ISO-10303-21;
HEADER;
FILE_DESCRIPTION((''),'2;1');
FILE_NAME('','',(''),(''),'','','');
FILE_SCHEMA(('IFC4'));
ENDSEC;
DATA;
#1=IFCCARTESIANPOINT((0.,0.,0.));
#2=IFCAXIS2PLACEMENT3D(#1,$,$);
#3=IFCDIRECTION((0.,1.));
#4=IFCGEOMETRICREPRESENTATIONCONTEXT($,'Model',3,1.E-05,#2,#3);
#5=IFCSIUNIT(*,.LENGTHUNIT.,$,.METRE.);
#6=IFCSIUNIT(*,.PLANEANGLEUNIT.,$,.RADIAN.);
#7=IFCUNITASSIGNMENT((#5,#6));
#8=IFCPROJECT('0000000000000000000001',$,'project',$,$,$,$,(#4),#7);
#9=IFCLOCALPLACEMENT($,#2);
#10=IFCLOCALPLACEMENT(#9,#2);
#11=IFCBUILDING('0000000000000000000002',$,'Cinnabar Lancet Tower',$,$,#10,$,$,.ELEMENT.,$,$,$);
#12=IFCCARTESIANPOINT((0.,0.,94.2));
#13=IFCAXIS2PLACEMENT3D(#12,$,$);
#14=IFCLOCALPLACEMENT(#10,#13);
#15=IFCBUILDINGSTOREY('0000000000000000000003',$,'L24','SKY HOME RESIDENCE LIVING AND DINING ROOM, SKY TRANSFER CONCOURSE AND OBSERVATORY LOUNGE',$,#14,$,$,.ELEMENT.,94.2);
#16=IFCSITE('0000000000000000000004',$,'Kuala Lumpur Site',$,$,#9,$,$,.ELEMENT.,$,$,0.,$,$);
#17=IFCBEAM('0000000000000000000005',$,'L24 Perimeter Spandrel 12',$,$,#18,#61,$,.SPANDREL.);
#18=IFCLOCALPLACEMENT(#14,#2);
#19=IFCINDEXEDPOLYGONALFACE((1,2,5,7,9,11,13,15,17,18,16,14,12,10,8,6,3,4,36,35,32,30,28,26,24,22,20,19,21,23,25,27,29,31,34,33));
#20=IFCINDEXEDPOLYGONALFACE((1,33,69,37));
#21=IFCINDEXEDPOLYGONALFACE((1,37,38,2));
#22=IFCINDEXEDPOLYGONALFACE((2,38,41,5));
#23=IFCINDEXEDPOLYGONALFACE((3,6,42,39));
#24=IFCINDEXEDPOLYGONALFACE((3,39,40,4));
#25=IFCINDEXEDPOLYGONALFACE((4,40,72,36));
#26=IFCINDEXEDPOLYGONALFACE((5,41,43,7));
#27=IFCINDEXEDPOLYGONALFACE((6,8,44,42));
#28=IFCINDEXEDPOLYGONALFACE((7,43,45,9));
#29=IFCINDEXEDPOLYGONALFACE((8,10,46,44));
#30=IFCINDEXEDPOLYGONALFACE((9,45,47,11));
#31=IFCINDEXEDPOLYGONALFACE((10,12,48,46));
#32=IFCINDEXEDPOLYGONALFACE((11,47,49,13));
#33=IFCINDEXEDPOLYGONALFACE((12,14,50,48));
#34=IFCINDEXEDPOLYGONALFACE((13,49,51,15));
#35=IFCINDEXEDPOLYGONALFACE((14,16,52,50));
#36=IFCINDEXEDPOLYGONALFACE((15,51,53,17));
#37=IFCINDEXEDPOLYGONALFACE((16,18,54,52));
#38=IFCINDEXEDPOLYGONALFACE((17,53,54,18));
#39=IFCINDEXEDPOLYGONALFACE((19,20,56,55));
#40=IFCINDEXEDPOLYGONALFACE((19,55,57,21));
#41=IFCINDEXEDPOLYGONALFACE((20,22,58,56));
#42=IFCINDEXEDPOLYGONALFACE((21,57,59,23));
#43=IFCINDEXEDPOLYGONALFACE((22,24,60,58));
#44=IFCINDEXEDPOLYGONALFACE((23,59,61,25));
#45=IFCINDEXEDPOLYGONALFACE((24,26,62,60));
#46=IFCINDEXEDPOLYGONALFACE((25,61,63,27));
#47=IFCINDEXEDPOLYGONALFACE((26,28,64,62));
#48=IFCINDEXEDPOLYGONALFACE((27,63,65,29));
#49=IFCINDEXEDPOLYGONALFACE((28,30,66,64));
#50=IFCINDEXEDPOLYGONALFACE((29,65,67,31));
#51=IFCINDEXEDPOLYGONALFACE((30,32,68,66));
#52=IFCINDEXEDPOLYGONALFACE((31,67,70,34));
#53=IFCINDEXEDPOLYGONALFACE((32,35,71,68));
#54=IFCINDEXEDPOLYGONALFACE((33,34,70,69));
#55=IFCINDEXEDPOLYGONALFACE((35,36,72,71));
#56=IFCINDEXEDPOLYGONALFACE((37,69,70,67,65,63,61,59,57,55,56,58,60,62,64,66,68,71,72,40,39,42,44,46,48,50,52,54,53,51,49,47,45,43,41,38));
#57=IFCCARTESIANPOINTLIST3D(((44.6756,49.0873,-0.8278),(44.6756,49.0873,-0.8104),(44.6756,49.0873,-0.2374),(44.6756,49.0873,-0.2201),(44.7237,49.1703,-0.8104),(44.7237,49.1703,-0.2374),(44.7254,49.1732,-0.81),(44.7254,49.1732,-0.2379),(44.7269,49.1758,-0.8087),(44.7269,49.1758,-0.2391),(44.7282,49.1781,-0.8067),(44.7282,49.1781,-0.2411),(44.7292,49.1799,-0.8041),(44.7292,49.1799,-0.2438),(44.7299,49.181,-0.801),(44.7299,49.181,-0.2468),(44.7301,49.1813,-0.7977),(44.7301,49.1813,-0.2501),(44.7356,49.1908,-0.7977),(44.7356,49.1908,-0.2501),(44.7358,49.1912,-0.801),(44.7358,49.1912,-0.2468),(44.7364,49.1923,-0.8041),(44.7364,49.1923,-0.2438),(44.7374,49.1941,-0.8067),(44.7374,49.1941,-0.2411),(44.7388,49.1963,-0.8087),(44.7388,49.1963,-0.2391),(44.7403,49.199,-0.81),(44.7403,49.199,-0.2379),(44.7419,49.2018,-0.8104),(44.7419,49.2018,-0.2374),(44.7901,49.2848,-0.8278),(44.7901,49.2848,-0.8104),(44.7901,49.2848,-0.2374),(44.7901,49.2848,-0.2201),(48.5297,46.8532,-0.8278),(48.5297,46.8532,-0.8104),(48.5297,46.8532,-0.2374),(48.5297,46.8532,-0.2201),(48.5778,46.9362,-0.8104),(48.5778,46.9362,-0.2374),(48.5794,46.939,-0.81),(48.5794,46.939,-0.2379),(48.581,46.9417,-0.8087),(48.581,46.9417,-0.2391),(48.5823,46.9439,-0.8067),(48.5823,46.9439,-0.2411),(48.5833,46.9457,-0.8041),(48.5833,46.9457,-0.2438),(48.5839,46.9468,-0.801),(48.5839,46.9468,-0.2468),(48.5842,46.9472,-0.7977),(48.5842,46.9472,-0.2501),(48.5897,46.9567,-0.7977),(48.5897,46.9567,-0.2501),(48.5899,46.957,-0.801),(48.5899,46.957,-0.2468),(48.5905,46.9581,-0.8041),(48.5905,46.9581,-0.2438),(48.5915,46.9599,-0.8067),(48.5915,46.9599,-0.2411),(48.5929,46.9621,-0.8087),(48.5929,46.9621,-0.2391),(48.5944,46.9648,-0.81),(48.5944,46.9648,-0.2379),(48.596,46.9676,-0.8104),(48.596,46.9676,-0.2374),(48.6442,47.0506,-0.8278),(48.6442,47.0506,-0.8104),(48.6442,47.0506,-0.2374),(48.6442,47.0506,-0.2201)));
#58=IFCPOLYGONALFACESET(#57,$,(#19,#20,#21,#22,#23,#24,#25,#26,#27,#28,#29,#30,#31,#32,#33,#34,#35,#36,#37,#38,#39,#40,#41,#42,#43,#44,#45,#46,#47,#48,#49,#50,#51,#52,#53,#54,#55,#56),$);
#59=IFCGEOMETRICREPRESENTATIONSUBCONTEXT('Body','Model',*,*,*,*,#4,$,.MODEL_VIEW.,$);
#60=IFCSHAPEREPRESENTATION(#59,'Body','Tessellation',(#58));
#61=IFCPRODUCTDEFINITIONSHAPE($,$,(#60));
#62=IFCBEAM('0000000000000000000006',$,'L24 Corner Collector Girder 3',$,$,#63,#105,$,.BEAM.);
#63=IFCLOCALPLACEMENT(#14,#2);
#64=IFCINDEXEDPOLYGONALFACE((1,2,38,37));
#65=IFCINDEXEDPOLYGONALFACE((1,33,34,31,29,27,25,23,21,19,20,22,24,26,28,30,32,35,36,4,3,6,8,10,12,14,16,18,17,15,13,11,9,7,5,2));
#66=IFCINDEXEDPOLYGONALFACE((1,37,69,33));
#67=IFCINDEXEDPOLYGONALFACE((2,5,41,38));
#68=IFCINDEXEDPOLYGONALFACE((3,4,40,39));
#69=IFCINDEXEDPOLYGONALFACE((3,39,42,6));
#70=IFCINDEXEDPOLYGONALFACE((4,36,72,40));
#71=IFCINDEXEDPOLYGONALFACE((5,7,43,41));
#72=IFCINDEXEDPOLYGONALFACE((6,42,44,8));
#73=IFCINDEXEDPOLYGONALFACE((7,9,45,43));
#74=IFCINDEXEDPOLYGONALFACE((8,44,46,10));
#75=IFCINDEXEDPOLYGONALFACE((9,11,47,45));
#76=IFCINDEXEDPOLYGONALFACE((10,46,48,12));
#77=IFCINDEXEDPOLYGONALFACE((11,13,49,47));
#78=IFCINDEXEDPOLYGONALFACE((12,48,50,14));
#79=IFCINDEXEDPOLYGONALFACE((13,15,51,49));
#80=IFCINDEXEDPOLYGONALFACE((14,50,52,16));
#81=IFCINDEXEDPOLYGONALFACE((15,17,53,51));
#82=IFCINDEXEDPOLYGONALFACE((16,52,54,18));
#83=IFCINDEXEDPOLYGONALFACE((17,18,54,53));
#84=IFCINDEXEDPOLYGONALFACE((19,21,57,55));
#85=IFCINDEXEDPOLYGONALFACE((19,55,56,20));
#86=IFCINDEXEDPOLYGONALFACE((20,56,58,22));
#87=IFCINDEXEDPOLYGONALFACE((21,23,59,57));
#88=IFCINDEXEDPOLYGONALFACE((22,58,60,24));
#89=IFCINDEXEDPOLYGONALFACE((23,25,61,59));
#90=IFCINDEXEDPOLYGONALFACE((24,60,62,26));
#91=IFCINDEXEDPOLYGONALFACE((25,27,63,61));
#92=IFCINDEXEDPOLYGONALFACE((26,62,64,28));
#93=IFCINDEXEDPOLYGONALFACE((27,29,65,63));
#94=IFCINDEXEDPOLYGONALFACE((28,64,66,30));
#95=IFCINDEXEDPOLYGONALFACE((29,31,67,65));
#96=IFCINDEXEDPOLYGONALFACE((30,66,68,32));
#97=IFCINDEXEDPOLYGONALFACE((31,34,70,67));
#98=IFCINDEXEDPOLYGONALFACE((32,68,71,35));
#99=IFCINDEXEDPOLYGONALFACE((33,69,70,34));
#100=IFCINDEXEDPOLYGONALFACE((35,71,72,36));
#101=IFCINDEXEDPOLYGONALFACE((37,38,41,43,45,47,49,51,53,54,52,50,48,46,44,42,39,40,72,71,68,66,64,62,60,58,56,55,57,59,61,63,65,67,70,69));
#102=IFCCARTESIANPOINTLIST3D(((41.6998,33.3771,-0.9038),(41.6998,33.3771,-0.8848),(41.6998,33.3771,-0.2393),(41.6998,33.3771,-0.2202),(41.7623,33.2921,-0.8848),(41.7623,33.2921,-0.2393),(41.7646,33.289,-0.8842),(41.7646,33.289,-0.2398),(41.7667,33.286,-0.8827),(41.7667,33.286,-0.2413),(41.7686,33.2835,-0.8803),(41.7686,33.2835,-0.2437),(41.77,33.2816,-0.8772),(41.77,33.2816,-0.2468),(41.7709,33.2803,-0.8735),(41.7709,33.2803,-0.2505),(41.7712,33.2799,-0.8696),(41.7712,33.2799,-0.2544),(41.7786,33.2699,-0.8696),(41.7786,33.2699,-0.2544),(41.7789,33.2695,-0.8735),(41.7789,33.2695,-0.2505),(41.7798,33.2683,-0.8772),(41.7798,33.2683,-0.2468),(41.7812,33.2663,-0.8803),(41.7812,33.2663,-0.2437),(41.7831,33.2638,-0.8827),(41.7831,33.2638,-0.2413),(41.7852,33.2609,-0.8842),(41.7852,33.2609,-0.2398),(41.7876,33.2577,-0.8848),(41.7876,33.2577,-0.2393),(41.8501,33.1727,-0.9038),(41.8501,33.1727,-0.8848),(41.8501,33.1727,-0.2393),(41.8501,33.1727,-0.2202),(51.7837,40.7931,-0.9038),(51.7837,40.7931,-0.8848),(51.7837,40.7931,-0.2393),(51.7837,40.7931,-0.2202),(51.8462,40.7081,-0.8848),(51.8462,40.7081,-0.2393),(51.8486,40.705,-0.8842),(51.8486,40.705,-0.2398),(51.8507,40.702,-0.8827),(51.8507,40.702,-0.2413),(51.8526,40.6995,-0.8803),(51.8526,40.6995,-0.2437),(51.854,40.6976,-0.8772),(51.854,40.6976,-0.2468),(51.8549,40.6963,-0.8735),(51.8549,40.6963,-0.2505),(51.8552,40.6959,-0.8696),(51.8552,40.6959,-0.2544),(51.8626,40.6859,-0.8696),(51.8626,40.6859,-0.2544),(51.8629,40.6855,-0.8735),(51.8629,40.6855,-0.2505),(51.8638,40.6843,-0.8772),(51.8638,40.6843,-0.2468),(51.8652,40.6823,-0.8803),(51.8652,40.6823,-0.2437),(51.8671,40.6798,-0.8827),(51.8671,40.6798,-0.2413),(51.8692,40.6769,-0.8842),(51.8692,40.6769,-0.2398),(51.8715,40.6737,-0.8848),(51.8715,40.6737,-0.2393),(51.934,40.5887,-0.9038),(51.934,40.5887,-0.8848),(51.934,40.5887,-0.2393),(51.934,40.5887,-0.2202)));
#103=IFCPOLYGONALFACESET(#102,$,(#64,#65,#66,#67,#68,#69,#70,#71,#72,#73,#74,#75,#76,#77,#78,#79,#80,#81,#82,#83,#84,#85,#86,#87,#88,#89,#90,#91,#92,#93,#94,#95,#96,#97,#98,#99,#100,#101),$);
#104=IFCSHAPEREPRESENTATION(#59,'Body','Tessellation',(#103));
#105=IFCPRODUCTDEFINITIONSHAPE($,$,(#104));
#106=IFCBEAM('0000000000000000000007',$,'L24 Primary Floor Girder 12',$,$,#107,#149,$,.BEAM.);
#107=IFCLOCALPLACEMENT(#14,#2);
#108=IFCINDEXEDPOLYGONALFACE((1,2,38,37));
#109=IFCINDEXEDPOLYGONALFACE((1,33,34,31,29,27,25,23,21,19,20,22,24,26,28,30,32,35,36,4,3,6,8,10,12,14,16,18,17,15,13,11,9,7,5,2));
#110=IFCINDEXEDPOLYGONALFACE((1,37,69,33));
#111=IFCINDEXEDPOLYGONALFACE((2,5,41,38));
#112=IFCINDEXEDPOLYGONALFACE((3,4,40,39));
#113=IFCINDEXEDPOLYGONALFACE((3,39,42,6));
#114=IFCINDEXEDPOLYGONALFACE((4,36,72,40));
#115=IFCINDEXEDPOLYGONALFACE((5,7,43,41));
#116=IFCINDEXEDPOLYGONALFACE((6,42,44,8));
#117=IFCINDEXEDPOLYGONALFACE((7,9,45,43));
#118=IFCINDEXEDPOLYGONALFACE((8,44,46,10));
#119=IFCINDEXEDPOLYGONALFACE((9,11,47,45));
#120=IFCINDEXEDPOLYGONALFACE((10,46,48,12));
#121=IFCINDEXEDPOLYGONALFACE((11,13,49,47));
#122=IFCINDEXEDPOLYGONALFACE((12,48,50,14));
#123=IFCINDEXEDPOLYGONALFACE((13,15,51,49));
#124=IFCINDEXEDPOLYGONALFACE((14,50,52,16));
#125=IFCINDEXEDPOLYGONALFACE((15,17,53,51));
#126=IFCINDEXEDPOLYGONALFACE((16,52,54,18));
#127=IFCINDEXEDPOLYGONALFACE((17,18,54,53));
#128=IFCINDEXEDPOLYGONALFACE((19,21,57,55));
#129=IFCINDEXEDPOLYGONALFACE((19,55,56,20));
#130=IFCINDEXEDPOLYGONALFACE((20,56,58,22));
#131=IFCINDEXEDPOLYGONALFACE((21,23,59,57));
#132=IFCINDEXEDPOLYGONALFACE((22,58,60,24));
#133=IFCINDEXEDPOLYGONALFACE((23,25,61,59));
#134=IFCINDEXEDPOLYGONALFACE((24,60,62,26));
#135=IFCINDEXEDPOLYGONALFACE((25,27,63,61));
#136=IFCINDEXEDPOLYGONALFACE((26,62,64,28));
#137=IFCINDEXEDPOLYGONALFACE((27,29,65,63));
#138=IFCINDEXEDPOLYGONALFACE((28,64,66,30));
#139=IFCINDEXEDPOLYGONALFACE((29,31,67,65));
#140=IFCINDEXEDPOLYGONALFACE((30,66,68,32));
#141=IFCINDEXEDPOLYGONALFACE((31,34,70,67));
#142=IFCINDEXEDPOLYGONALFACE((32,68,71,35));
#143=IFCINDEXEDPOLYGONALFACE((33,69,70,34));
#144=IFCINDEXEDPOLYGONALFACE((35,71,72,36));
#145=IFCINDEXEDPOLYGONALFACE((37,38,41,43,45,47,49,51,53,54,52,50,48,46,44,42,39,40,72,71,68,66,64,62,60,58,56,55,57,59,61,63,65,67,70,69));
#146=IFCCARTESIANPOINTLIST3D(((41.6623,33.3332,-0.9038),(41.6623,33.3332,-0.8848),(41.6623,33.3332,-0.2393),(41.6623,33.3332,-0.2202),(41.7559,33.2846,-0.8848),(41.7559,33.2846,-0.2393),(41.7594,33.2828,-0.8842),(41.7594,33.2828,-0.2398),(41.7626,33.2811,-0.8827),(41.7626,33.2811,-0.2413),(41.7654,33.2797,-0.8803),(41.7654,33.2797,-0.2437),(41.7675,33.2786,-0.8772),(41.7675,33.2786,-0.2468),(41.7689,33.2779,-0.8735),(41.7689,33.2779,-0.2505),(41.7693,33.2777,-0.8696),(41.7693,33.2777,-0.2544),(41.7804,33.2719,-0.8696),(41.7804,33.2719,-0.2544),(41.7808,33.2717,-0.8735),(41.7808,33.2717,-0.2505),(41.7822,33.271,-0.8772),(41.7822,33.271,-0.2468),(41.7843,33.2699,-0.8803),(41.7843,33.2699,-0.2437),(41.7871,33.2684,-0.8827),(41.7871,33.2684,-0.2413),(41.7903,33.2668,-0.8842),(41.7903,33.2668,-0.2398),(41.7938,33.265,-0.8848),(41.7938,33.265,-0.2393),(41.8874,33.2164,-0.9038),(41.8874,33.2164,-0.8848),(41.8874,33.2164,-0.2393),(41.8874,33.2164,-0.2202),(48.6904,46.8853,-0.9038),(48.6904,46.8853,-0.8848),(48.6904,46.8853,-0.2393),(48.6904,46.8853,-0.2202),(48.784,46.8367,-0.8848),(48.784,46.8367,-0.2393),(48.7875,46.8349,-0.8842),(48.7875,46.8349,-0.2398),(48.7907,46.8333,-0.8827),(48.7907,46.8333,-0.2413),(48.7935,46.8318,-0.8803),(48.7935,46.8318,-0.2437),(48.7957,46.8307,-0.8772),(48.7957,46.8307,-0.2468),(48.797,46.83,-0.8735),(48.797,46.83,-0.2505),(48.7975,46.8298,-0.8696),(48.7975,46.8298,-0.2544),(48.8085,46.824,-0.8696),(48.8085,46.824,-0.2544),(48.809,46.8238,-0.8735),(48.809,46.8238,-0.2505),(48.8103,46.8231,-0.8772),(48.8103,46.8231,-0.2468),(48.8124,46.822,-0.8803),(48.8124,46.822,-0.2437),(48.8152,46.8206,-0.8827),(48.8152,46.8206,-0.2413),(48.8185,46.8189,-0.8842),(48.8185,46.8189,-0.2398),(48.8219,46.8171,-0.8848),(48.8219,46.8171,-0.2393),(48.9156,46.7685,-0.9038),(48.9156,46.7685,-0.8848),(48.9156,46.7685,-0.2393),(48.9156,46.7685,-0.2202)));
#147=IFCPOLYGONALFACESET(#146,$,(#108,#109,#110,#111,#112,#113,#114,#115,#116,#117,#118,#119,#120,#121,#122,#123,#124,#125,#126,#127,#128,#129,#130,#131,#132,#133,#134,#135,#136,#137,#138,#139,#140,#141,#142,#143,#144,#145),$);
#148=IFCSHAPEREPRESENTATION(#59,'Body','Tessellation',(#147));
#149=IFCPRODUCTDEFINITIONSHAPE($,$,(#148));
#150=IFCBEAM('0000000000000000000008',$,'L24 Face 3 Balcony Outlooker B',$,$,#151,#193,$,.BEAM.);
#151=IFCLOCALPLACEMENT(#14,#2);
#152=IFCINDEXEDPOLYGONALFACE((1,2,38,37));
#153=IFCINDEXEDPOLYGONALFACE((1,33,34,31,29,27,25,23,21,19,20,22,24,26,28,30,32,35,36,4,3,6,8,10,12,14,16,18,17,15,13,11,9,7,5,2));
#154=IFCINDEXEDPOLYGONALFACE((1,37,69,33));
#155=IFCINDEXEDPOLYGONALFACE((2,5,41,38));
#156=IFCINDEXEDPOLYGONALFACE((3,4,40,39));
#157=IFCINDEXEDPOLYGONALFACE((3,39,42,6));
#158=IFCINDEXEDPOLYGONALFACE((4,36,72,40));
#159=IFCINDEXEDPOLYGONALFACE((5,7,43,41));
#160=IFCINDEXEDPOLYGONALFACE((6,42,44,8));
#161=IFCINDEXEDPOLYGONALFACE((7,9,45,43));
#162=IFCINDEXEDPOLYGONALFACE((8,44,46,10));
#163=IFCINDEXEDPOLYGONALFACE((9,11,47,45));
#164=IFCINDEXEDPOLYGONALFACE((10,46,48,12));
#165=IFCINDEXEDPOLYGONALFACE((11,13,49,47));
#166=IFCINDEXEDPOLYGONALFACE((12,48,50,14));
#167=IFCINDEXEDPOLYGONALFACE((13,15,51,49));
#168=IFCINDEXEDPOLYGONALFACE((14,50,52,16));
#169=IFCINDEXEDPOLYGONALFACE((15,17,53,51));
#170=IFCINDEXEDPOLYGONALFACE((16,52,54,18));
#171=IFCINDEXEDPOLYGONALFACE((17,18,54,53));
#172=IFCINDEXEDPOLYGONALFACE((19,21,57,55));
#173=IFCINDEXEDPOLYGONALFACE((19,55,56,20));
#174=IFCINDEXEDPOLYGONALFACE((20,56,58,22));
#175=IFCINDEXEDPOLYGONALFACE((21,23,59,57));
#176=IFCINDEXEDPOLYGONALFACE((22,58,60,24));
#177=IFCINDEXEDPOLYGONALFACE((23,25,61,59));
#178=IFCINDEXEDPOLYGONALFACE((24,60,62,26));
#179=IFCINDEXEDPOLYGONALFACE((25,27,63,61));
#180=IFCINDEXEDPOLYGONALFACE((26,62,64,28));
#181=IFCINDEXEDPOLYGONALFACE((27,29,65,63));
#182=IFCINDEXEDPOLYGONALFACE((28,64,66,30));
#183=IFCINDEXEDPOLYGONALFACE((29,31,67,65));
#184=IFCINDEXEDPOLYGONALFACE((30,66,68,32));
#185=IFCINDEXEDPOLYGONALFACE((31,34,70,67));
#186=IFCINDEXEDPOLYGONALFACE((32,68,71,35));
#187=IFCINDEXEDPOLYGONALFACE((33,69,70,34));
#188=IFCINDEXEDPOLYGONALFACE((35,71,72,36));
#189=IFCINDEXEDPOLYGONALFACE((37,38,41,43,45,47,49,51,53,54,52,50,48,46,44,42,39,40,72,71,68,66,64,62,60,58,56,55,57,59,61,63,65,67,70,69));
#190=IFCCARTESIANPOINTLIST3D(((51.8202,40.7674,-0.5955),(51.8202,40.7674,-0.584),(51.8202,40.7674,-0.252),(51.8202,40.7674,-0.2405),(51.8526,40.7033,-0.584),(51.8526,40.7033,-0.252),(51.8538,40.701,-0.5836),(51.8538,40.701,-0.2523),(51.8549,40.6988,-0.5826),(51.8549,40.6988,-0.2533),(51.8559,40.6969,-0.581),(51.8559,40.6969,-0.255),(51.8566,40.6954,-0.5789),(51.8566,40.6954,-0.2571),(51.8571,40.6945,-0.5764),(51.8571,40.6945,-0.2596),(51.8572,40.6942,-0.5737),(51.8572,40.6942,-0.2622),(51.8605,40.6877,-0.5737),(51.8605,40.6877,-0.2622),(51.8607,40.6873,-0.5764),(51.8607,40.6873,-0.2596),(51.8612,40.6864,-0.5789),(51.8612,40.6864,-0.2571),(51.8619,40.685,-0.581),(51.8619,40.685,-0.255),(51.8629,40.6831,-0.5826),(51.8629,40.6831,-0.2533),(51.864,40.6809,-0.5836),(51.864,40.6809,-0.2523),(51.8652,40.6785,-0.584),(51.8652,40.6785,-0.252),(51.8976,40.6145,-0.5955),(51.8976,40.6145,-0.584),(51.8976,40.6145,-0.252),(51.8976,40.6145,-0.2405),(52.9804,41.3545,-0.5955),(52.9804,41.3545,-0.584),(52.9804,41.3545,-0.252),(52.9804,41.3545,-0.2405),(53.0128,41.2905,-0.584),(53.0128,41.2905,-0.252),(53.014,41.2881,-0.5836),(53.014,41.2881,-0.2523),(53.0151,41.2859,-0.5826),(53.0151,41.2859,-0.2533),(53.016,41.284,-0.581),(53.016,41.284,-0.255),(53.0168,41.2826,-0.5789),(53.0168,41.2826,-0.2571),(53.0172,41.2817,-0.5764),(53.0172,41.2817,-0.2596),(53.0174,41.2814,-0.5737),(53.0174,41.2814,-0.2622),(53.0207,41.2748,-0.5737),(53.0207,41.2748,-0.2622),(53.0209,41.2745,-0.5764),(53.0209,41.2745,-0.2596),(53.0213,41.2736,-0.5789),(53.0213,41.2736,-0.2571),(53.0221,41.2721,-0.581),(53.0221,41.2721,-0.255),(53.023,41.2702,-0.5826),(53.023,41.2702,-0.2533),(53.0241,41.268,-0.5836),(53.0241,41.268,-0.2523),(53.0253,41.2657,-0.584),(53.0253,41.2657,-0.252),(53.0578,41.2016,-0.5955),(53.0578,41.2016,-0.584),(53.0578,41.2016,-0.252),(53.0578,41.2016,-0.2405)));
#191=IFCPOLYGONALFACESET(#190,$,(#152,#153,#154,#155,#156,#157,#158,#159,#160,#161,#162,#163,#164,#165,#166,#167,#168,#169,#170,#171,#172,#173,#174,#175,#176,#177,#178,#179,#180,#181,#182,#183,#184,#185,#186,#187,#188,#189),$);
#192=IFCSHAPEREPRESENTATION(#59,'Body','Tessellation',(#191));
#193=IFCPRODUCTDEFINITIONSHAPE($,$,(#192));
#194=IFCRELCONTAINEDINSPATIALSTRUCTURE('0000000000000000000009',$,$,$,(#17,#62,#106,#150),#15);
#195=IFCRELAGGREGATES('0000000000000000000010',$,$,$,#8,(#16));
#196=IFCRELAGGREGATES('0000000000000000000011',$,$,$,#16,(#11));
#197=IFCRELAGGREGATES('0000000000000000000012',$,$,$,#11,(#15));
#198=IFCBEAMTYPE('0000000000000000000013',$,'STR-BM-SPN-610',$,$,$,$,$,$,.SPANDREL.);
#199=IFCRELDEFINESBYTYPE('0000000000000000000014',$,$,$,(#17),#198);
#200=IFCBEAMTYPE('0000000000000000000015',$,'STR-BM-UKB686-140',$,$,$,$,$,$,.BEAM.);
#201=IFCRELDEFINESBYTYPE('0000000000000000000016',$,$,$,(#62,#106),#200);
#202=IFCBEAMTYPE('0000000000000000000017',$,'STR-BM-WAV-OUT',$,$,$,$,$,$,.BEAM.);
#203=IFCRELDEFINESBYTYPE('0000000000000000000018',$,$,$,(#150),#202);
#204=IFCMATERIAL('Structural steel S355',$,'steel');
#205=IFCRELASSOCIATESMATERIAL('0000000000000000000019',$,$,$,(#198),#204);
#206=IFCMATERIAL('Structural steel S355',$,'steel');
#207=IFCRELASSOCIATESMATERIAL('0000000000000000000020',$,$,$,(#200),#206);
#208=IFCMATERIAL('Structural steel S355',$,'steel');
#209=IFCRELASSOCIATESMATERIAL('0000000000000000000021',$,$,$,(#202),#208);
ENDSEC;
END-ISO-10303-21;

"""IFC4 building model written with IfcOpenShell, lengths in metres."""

from ifc_helpers import new_model, si_unit, direction, frame, origin, origin_2d, place, context, subcontext, project, spatial, i_section, extrude, material, material_profile, profile_set, type_object, element, save


model = new_model("IFC4")

# Units and contexts
model_context = context("Model", 3, precision=1e-05, world=origin(), true_north=direction((0.0, 1.0)))
body_context = subcontext(model_context, "Body", "Model", "MODEL_VIEW")
ifc_project = project(units=[si_unit("LENGTHUNIT", "METRE"), si_unit("PLANEANGLEUNIT", "RADIAN")], contexts=[model_context])

# Site, building, storey
site_placement = place(None, origin())
site = spatial("IfcSite", under=ifc_project, at=site_placement, Name="Kuala Lumpur Site", CompositionType="ELEMENT", RefElevation=0.0)
building_placement = place(site_placement, origin())
building = spatial("IfcBuilding", under=site, at=building_placement, Name="Cinnabar Lancet Tower", CompositionType="ELEMENT")
storey_placement = place(building_placement, frame((0.0, 0.0, 94.2)))
storey = spatial("IfcBuildingStorey", under=building, at=storey_placement, Name="L24", Description="SKY HOME RESIDENCE LIVING AND DINING ROOM, SKY TRANSFER CONCOURSE AND OBSERVATORY LOUNGE", CompositionType="ELEMENT", Elevation=94.2)

# Beams
ifc_material_1 = material(Name="Structural steel S355", Category="steel")
ifc_material_profile_1 = material_profile(ifc_material_1, i_section(OverallWidth=0.2283, OverallDepth=0.6077, WebThickness=0.011, FlangeThickness=0.0173, FilletRadius=0.0127, at=origin_2d()), Name="UKB 610x229x113")
ifc_profile_set_1 = profile_set([ifc_material_profile_1], Name="Structural steel S355")
beam_type_1 = type_object("IfcBeamType", Name="STR-BM-SPN-610", PredefinedType="SPANDREL", material=ifc_profile_set_1)
beam_1_placement = place(storey_placement, frame((48.5869, 46.9519, -0.5239), z_axis=(-0.865147, 0.501518, 0.0), x_axis=(-0.501518, -0.865147, 0.0)))
element("IfcBeam", 1, at=beam_1_placement, inside=storey, type_object=beam_type_1, Name="L24 Perimeter Spandrel 12", PredefinedType="SPANDREL", context=body_context, shape_type="SweptSolid", body=[
    extrude(i_section(OverallWidth=0.2283, OverallDepth=0.6077, WebThickness=0.011, FlangeThickness=0.0173, FilletRadius=0.0127, at=origin_2d()), origin(), (0.0, 0.0, 1.0), 4.4548),
])
ifc_material_2 = material(Name="Structural steel S355", Category="steel")
ifc_material_profile_2 = material_profile(ifc_material_2, i_section(OverallWidth=0.2537, OverallDepth=0.6836, WebThickness=0.0125, FlangeThickness=0.019, FilletRadius=0.0151, at=origin_2d()), Name="UKB 686x254x140")
ifc_profile_set_2 = profile_set([ifc_material_profile_2], Name="Structural steel S355")
beam_type_2 = type_object("IfcBeamType", Name="STR-BM-UKB686-140", PredefinedType="BEAM", material=ifc_profile_set_2)
beam_2_placement = place(storey_placement, frame((51.8589, 40.6909, -0.562), z_axis=(-0.805601, -0.592459, 0.0), x_axis=(0.592459, -0.805601, 0.0)))
element("IfcBeam", 2, at=beam_2_placement, inside=storey, type_object=beam_type_2, Name="L24 Corner Collector Girder 3", PredefinedType="BEAM", context=body_context, shape_type="SweptSolid", body=[
    extrude(i_section(OverallWidth=0.2537, OverallDepth=0.6836, WebThickness=0.0125, FlangeThickness=0.019, FilletRadius=0.0151, at=origin_2d()), origin(), (0.0, 0.0, 1.0), 12.5173),
])
beam_3_placement = place(storey_placement, frame((48.803, 46.8269, -0.562), z_axis=(-0.460375, -0.887725, 0.0), x_axis=(0.887725, -0.460375, 0.0)))
element("IfcBeam", 3, at=beam_3_placement, inside=storey, type_object=beam_type_2, Name="L24 Primary Floor Girder 12", PredefinedType="BEAM", context=body_context, shape_type="SweptSolid", body=[
    extrude(i_section(OverallWidth=0.2537, OverallDepth=0.6836, WebThickness=0.0125, FlangeThickness=0.019, FilletRadius=0.0151, at=origin_2d()), origin(), (0.0, 0.0, 1.0), 15.2661),
])
ifc_material_3 = material(Name="Structural steel S355", Category="steel")
ifc_material_profile_3 = material_profile(ifc_material_3, i_section(OverallWidth=0.1714, OverallDepth=0.355, WebThickness=0.0073, FlangeThickness=0.0115, FilletRadius=0.0103, at=origin_2d()), Name="UKB 356x171x51")
ifc_profile_set_3 = profile_set([ifc_material_profile_3], Name="Structural steel S355")
beam_type_3 = type_object("IfcBeamType", Name="STR-BM-WAV-OUT", PredefinedType="BEAM", material=ifc_profile_set_3)
beam_4_placement = place(storey_placement, frame((51.8589, 40.6909, -0.418), z_axis=(0.892239, 0.451564, 0.0), x_axis=(-0.451564, 0.892239, 0.0)))
element("IfcBeam", 4, at=beam_4_placement, inside=storey, type_object=beam_type_3, Name="L24 Face 3 Balcony Outlooker B", PredefinedType="BEAM", context=body_context, shape_type="SweptSolid", body=[
    extrude(i_section(OverallWidth=0.1714, OverallDepth=0.355, WebThickness=0.0073, FlangeThickness=0.0115, FilletRadius=0.0103, at=origin_2d()), origin(), (0.0, 0.0, 1.0), 1.3003),
])

save(model, "model.ifc")
